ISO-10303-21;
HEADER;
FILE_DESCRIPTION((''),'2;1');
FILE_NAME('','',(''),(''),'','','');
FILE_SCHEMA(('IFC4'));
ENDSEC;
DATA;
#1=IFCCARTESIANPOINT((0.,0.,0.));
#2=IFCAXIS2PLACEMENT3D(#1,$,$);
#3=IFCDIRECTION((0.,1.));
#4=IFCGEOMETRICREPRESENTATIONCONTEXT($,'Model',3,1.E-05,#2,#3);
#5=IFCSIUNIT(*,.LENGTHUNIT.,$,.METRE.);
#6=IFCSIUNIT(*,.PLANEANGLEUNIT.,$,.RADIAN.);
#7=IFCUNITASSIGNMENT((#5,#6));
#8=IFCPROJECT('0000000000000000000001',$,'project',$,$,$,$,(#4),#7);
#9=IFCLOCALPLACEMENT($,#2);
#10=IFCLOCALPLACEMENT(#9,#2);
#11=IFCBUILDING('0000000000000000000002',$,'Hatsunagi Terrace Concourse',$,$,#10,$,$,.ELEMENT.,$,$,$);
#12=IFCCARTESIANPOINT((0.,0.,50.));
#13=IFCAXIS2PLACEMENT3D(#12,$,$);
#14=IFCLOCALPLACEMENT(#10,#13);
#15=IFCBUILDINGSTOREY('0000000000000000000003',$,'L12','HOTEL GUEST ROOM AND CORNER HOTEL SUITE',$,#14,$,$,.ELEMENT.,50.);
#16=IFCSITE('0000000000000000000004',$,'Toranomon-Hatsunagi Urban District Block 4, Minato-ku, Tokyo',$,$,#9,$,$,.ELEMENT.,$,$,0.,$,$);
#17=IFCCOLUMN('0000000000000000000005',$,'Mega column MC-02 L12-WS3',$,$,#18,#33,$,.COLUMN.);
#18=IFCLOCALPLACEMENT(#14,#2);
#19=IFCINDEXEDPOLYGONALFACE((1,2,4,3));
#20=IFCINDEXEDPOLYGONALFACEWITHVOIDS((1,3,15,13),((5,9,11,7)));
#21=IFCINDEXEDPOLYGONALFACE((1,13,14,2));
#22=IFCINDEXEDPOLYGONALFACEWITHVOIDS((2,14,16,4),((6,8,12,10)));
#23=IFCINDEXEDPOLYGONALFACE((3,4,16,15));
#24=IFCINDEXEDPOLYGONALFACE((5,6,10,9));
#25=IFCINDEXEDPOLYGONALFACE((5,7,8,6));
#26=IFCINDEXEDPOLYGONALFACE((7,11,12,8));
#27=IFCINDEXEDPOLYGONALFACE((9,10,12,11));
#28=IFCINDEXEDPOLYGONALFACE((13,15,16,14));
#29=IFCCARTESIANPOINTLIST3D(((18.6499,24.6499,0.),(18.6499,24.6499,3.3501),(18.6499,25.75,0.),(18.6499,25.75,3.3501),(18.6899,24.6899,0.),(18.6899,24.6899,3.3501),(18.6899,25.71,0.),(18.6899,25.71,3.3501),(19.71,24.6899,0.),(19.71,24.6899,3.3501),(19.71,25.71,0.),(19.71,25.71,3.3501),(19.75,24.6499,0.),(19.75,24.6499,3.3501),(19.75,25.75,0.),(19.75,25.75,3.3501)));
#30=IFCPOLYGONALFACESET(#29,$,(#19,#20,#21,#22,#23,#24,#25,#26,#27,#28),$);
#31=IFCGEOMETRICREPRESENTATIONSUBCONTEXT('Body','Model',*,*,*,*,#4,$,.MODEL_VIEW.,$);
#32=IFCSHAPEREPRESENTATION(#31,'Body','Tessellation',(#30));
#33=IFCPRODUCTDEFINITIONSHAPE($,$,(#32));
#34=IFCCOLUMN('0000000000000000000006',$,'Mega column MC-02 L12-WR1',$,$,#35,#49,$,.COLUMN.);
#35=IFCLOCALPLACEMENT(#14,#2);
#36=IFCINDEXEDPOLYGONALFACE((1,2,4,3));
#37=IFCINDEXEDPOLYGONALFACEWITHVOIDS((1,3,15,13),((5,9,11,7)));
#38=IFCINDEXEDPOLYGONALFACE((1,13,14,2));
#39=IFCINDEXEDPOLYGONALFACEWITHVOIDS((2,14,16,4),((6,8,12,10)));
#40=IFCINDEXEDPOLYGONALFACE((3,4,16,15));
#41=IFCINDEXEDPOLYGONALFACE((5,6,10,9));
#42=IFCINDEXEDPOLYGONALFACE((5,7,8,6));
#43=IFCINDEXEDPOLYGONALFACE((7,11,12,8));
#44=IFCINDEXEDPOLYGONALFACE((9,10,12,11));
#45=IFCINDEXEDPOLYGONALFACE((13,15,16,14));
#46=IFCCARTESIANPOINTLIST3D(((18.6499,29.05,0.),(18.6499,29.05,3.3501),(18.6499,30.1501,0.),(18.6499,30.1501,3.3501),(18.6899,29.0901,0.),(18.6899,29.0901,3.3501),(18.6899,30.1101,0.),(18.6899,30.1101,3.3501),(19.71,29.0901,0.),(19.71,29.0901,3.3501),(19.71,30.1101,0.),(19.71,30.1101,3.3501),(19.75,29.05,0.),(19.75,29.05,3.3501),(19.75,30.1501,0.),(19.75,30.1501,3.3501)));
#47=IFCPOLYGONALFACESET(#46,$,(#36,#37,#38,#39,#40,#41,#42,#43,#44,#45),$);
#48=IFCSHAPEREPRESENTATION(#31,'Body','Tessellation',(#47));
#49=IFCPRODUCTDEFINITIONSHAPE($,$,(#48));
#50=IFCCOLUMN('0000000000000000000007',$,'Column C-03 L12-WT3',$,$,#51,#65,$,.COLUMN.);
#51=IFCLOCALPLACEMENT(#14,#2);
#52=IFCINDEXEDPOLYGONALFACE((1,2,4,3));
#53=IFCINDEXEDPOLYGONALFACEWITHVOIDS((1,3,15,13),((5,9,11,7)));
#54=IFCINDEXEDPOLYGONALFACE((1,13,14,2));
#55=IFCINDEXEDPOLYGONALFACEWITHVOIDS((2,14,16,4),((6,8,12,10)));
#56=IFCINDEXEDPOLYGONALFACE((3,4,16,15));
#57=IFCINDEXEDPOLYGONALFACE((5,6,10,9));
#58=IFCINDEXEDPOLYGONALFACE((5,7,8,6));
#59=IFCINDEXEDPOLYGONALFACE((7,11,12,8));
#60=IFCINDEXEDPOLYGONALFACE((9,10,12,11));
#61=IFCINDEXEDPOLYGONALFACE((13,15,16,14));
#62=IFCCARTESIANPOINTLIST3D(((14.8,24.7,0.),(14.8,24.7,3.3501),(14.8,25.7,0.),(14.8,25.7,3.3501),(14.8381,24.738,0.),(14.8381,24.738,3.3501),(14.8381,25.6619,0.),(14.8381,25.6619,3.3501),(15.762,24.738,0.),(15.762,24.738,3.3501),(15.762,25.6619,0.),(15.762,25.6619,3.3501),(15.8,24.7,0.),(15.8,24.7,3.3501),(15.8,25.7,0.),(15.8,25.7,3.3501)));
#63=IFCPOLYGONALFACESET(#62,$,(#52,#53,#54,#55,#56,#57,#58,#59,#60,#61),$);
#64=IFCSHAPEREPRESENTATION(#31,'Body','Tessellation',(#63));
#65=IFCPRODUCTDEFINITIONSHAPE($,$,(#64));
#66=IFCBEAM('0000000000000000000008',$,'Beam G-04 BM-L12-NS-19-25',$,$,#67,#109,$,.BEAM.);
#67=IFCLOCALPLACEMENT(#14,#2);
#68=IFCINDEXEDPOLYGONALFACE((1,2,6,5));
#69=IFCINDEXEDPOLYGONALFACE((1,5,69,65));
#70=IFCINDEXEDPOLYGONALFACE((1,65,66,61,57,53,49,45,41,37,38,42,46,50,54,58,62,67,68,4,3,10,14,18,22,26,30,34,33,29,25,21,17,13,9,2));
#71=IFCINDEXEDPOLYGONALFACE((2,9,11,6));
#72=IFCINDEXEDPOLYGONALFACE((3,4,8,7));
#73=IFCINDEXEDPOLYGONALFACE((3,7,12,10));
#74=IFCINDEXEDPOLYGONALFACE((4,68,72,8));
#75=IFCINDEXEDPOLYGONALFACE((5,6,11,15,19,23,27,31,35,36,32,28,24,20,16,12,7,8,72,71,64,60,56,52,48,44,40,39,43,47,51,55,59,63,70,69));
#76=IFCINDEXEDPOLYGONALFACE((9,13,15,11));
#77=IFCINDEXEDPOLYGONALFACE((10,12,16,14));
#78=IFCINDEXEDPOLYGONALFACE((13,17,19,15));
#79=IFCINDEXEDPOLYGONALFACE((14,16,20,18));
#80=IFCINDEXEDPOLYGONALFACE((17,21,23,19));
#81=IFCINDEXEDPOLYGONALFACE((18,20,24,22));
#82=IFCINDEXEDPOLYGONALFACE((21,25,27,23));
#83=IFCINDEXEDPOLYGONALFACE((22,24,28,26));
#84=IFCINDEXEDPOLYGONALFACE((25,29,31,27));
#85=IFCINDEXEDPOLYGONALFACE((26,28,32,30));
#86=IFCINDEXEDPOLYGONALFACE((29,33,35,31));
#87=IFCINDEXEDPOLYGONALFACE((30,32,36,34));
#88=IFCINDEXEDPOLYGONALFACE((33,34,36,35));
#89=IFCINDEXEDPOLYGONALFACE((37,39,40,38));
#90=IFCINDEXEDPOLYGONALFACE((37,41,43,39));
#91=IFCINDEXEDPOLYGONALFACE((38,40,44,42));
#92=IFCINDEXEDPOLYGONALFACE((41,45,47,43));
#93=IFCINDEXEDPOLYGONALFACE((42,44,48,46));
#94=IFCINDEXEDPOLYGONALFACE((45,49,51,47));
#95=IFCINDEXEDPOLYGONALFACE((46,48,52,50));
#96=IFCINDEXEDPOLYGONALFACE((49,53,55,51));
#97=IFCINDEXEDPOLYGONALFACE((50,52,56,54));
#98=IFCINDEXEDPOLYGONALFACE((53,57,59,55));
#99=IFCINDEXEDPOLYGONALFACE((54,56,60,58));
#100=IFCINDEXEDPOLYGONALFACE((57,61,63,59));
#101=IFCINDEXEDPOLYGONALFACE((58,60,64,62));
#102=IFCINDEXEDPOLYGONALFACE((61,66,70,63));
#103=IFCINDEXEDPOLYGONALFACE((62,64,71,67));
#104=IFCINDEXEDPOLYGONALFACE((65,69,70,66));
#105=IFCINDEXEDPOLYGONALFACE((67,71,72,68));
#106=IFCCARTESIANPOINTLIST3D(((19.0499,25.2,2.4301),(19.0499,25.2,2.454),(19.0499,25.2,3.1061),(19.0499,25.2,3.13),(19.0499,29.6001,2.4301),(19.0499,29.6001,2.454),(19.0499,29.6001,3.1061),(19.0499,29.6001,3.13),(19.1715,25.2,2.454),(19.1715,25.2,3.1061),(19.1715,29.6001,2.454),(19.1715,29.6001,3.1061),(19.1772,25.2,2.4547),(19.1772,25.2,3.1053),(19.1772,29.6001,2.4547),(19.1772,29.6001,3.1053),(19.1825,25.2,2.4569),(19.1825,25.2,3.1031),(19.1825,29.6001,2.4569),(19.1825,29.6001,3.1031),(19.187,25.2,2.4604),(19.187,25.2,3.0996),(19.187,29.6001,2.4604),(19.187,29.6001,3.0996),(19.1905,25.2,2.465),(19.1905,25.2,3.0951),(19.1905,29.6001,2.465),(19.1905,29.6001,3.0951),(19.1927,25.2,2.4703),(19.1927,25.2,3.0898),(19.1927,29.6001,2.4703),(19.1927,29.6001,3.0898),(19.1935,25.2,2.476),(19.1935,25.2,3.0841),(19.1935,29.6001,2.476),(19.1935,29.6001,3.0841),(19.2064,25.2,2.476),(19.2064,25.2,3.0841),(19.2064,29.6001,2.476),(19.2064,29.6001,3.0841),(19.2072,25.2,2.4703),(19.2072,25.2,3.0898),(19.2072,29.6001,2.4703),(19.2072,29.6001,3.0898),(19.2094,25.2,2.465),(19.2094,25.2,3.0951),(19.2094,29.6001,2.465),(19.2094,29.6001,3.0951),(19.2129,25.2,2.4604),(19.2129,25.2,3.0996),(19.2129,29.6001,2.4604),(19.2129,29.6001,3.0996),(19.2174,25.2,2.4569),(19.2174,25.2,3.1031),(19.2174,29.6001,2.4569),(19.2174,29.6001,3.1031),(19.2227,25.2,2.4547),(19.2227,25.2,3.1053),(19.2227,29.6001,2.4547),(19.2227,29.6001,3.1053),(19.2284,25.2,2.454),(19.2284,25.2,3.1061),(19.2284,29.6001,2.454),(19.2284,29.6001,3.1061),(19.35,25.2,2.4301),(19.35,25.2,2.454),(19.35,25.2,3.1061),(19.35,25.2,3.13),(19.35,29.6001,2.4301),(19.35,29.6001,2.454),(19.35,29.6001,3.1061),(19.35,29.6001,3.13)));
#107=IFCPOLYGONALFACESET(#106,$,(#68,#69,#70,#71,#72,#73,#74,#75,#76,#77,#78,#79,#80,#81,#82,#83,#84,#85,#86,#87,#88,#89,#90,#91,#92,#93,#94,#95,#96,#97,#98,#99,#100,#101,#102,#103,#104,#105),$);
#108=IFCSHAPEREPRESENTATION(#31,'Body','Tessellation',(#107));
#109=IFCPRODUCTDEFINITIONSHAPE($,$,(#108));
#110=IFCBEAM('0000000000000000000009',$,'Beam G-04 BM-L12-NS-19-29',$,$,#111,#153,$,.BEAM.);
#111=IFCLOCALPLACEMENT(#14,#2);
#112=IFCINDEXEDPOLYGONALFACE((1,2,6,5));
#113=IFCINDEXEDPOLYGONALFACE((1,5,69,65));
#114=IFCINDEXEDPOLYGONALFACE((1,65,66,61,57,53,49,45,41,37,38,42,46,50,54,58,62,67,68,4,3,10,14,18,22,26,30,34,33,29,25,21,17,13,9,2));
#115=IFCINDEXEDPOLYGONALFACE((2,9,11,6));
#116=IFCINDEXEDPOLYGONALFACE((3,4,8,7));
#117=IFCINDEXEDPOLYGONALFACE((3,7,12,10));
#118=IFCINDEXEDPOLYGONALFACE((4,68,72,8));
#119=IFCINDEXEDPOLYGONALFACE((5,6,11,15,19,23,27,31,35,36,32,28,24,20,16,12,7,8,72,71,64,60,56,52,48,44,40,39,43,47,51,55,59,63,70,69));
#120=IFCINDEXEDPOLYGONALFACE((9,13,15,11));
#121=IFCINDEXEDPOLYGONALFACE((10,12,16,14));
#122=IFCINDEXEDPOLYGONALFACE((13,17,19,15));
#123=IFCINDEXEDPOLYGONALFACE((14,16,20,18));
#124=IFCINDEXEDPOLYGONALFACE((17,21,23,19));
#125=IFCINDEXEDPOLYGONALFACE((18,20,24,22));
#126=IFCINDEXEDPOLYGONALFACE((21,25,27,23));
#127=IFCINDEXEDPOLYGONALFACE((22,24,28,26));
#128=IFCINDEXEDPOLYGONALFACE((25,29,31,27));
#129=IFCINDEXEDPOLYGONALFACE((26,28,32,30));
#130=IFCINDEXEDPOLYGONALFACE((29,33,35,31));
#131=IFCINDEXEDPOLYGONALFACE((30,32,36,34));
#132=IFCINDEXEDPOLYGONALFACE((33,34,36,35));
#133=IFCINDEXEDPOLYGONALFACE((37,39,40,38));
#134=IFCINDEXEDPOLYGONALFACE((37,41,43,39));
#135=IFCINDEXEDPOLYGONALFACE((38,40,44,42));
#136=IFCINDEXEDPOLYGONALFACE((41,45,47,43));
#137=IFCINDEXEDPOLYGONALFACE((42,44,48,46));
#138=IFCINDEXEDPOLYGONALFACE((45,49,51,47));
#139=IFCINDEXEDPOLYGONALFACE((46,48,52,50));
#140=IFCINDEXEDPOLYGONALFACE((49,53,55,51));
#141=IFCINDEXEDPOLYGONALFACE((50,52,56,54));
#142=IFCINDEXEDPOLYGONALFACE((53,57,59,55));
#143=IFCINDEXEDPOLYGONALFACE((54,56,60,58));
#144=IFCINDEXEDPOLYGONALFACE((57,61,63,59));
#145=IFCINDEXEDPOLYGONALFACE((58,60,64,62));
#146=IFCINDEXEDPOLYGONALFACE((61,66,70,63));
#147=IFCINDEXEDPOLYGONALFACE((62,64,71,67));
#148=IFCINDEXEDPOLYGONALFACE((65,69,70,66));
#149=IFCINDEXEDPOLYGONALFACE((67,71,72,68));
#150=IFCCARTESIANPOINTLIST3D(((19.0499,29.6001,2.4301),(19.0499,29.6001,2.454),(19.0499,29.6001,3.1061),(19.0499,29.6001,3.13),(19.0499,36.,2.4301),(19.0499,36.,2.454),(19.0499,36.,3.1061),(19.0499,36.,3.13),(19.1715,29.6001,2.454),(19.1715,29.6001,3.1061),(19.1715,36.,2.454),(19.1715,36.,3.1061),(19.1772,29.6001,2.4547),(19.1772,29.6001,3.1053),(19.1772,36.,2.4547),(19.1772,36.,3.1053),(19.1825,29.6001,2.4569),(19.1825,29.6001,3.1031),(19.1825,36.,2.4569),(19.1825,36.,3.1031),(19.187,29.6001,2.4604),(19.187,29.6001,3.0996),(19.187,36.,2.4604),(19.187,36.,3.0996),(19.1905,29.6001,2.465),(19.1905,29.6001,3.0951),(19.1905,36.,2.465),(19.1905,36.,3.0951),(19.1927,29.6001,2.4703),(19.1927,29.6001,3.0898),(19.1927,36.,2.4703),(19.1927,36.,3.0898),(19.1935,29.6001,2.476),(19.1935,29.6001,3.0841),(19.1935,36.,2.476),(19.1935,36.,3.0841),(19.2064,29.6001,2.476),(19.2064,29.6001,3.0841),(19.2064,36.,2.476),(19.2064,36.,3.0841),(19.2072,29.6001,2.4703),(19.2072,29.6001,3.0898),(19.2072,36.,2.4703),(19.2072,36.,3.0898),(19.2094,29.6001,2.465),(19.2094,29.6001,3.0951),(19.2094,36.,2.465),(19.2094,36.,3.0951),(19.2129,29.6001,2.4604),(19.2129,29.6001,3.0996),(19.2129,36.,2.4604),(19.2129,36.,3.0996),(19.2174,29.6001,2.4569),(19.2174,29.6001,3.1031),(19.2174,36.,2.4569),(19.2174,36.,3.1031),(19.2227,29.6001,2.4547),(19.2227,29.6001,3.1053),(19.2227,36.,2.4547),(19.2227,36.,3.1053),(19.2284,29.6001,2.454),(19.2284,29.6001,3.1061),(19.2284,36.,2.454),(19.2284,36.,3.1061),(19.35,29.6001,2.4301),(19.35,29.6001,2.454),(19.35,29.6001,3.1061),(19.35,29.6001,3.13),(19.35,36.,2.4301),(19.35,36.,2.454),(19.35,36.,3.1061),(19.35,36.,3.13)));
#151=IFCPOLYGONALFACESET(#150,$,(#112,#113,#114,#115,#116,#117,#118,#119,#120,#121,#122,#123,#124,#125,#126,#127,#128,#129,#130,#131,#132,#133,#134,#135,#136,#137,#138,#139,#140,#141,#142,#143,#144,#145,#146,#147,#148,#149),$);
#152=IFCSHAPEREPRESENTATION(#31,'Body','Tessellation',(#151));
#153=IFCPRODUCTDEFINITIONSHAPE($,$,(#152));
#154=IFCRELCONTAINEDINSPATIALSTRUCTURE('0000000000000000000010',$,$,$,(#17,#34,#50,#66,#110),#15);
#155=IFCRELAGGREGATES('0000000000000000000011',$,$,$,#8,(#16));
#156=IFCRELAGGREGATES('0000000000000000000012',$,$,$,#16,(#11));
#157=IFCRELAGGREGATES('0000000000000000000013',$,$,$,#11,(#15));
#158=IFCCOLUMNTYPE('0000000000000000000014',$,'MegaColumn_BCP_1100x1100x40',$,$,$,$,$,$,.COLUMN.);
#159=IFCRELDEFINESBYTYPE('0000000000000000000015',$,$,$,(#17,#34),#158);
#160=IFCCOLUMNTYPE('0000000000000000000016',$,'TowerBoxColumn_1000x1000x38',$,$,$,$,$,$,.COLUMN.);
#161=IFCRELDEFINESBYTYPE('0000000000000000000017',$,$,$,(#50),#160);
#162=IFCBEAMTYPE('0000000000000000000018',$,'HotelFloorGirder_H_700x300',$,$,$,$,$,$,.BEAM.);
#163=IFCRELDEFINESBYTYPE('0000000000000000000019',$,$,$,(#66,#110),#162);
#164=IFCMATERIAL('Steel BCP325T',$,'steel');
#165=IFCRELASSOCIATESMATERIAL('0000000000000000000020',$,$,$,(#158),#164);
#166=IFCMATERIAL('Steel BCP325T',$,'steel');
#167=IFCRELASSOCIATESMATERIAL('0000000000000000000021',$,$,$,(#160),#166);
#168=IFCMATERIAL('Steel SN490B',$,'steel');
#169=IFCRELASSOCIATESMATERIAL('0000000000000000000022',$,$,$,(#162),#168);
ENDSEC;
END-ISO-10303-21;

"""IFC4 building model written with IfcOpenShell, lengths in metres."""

from ifc_helpers import new_model, si_unit, direction, frame, origin, origin_2d, place, context, subcontext, project, spatial, hollow_rectangle, i_section, extrude, material, material_profile, profile_set, type_object, element, save


model = new_model("IFC4")

# Units and contexts
model_context = context("Model", 3, precision=1e-05, world=origin(), true_north=direction((0.0, 1.0)))
body_context = subcontext(model_context, "Body", "Model", "MODEL_VIEW")
ifc_project = project(units=[si_unit("LENGTHUNIT", "METRE"), si_unit("PLANEANGLEUNIT", "RADIAN")], contexts=[model_context])

# Site, building, storey
site_placement = place(None, origin())
site = spatial("IfcSite", under=ifc_project, at=site_placement, Name="Toranomon-Hatsunagi Urban District Block 4, Minato-ku, Tokyo", CompositionType="ELEMENT", RefElevation=0.0)
building_placement = place(site_placement, origin())
building = spatial("IfcBuilding", under=site, at=building_placement, Name="Hatsunagi Terrace Concourse", CompositionType="ELEMENT")
storey_placement = place(building_placement, frame((0.0, 0.0, 50.0)))
storey = spatial("IfcBuildingStorey", under=building, at=storey_placement, Name="L12", Description="HOTEL GUEST ROOM AND CORNER HOTEL SUITE", CompositionType="ELEMENT", Elevation=50.0)

# Columns
ifc_material_1 = material(Name="Steel BCP325T", Category="steel")
ifc_material_profile_1 = material_profile(ifc_material_1, hollow_rectangle(XDim=1.1001, YDim=1.1001, WallThickness=0.04, at=origin_2d()), Name="BCP-1100x1100x40")
ifc_profile_set_1 = profile_set([ifc_material_profile_1], Name="Steel BCP325T")
column_type_1 = type_object("IfcColumnType", Name="MegaColumn_BCP_1100x1100x40", PredefinedType="COLUMN", material=ifc_profile_set_1)
for number, where, z_axis, x_axis, name in (
    (1, (19.2, 25.2, 0.0), (0.0, 0.0, 1.0), (1.0, 0.0, 0.0), "Mega column MC-02 L12-WS3"),
    (2, (19.2, 29.6001, 0.0), (0.0, 0.0, 1.0), (1.0, 0.0, 0.0), "Mega column MC-02 L12-WR1"),
):
    element("IfcColumn", number, at=place(storey_placement, frame(where, z_axis=z_axis, x_axis=x_axis)), inside=storey, type_object=column_type_1, Name=name, PredefinedType="COLUMN", context=body_context, shape_type="SweptSolid", body=[
        extrude(hollow_rectangle(XDim=1.1001, YDim=1.1001, WallThickness=0.04, at=origin_2d()), origin(), (0.0, 0.0, 1.0), 3.3501),
    ])
ifc_material_2 = material(Name="Steel BCP325T", Category="steel")
ifc_material_profile_2 = material_profile(ifc_material_2, hollow_rectangle(XDim=1.0, YDim=1.0, WallThickness=0.0381, at=origin_2d()), Name="BCP-1000x1000x38")
ifc_profile_set_2 = profile_set([ifc_material_profile_2], Name="Steel BCP325T")
column_type_2 = type_object("IfcColumnType", Name="TowerBoxColumn_1000x1000x38", PredefinedType="COLUMN", material=ifc_profile_set_2)
column_placement = place(storey_placement, frame((15.3, 25.2, 0.0), z_axis=(0.0, 0.0, 1.0), x_axis=(1.0, 0.0, 0.0)))
element("IfcColumn", 3, at=column_placement, inside=storey, type_object=column_type_2, Name="Column C-03 L12-WT3", PredefinedType="COLUMN", context=body_context, shape_type="SweptSolid", body=[
    extrude(hollow_rectangle(XDim=1.0, YDim=1.0, WallThickness=0.0381, at=origin_2d()), origin(), (0.0, 0.0, 1.0), 3.3501),
])

# Beams
ifc_material_3 = material(Name="Steel SN490B", Category="steel")
ifc_material_profile_3 = material_profile(ifc_material_3, i_section(OverallWidth=0.3, OverallDepth=0.7, WebThickness=0.0129, FlangeThickness=0.0239, FilletRadius=0.022, at=origin_2d()), Name="H-700x300x13x24")
ifc_profile_set_3 = profile_set([ifc_material_profile_3], Name="Steel SN490B")
beam_type_1 = type_object("IfcBeamType", Name="HotelFloorGirder_H_700x300", PredefinedType="BEAM", material=ifc_profile_set_3)
beam_1_placement = place(storey_placement, frame((19.2, 25.2, 2.78), z_axis=(0.0, 1.0, 0.0), x_axis=(-1.0, 0.0, 0.0)))
element("IfcBeam", 4, at=beam_1_placement, inside=storey, type_object=beam_type_1, Name="Beam G-04 BM-L12-NS-19-25", PredefinedType="BEAM", context=body_context, shape_type="SweptSolid", body=[
    extrude(i_section(OverallWidth=0.3, OverallDepth=0.7, WebThickness=0.0129, FlangeThickness=0.0239, FilletRadius=0.022, at=origin_2d()), origin(), (0.0, 0.0, 1.0), 4.4001),
])
beam_2_placement = place(storey_placement, frame((19.2, 29.6001, 2.78), z_axis=(0.0, 1.0, 0.0), x_axis=(-1.0, 0.0, 0.0)))
element("IfcBeam", 5, at=beam_2_placement, inside=storey, type_object=beam_type_1, Name="Beam G-04 BM-L12-NS-19-29", PredefinedType="BEAM", context=body_context, shape_type="SweptSolid", body=[
    extrude(i_section(OverallWidth=0.3, OverallDepth=0.7, WebThickness=0.0129, FlangeThickness=0.0239, FilletRadius=0.022, at=origin_2d()), origin(), (0.0, 0.0, 1.0), 6.3999),
])

save(model, "model.ifc")
